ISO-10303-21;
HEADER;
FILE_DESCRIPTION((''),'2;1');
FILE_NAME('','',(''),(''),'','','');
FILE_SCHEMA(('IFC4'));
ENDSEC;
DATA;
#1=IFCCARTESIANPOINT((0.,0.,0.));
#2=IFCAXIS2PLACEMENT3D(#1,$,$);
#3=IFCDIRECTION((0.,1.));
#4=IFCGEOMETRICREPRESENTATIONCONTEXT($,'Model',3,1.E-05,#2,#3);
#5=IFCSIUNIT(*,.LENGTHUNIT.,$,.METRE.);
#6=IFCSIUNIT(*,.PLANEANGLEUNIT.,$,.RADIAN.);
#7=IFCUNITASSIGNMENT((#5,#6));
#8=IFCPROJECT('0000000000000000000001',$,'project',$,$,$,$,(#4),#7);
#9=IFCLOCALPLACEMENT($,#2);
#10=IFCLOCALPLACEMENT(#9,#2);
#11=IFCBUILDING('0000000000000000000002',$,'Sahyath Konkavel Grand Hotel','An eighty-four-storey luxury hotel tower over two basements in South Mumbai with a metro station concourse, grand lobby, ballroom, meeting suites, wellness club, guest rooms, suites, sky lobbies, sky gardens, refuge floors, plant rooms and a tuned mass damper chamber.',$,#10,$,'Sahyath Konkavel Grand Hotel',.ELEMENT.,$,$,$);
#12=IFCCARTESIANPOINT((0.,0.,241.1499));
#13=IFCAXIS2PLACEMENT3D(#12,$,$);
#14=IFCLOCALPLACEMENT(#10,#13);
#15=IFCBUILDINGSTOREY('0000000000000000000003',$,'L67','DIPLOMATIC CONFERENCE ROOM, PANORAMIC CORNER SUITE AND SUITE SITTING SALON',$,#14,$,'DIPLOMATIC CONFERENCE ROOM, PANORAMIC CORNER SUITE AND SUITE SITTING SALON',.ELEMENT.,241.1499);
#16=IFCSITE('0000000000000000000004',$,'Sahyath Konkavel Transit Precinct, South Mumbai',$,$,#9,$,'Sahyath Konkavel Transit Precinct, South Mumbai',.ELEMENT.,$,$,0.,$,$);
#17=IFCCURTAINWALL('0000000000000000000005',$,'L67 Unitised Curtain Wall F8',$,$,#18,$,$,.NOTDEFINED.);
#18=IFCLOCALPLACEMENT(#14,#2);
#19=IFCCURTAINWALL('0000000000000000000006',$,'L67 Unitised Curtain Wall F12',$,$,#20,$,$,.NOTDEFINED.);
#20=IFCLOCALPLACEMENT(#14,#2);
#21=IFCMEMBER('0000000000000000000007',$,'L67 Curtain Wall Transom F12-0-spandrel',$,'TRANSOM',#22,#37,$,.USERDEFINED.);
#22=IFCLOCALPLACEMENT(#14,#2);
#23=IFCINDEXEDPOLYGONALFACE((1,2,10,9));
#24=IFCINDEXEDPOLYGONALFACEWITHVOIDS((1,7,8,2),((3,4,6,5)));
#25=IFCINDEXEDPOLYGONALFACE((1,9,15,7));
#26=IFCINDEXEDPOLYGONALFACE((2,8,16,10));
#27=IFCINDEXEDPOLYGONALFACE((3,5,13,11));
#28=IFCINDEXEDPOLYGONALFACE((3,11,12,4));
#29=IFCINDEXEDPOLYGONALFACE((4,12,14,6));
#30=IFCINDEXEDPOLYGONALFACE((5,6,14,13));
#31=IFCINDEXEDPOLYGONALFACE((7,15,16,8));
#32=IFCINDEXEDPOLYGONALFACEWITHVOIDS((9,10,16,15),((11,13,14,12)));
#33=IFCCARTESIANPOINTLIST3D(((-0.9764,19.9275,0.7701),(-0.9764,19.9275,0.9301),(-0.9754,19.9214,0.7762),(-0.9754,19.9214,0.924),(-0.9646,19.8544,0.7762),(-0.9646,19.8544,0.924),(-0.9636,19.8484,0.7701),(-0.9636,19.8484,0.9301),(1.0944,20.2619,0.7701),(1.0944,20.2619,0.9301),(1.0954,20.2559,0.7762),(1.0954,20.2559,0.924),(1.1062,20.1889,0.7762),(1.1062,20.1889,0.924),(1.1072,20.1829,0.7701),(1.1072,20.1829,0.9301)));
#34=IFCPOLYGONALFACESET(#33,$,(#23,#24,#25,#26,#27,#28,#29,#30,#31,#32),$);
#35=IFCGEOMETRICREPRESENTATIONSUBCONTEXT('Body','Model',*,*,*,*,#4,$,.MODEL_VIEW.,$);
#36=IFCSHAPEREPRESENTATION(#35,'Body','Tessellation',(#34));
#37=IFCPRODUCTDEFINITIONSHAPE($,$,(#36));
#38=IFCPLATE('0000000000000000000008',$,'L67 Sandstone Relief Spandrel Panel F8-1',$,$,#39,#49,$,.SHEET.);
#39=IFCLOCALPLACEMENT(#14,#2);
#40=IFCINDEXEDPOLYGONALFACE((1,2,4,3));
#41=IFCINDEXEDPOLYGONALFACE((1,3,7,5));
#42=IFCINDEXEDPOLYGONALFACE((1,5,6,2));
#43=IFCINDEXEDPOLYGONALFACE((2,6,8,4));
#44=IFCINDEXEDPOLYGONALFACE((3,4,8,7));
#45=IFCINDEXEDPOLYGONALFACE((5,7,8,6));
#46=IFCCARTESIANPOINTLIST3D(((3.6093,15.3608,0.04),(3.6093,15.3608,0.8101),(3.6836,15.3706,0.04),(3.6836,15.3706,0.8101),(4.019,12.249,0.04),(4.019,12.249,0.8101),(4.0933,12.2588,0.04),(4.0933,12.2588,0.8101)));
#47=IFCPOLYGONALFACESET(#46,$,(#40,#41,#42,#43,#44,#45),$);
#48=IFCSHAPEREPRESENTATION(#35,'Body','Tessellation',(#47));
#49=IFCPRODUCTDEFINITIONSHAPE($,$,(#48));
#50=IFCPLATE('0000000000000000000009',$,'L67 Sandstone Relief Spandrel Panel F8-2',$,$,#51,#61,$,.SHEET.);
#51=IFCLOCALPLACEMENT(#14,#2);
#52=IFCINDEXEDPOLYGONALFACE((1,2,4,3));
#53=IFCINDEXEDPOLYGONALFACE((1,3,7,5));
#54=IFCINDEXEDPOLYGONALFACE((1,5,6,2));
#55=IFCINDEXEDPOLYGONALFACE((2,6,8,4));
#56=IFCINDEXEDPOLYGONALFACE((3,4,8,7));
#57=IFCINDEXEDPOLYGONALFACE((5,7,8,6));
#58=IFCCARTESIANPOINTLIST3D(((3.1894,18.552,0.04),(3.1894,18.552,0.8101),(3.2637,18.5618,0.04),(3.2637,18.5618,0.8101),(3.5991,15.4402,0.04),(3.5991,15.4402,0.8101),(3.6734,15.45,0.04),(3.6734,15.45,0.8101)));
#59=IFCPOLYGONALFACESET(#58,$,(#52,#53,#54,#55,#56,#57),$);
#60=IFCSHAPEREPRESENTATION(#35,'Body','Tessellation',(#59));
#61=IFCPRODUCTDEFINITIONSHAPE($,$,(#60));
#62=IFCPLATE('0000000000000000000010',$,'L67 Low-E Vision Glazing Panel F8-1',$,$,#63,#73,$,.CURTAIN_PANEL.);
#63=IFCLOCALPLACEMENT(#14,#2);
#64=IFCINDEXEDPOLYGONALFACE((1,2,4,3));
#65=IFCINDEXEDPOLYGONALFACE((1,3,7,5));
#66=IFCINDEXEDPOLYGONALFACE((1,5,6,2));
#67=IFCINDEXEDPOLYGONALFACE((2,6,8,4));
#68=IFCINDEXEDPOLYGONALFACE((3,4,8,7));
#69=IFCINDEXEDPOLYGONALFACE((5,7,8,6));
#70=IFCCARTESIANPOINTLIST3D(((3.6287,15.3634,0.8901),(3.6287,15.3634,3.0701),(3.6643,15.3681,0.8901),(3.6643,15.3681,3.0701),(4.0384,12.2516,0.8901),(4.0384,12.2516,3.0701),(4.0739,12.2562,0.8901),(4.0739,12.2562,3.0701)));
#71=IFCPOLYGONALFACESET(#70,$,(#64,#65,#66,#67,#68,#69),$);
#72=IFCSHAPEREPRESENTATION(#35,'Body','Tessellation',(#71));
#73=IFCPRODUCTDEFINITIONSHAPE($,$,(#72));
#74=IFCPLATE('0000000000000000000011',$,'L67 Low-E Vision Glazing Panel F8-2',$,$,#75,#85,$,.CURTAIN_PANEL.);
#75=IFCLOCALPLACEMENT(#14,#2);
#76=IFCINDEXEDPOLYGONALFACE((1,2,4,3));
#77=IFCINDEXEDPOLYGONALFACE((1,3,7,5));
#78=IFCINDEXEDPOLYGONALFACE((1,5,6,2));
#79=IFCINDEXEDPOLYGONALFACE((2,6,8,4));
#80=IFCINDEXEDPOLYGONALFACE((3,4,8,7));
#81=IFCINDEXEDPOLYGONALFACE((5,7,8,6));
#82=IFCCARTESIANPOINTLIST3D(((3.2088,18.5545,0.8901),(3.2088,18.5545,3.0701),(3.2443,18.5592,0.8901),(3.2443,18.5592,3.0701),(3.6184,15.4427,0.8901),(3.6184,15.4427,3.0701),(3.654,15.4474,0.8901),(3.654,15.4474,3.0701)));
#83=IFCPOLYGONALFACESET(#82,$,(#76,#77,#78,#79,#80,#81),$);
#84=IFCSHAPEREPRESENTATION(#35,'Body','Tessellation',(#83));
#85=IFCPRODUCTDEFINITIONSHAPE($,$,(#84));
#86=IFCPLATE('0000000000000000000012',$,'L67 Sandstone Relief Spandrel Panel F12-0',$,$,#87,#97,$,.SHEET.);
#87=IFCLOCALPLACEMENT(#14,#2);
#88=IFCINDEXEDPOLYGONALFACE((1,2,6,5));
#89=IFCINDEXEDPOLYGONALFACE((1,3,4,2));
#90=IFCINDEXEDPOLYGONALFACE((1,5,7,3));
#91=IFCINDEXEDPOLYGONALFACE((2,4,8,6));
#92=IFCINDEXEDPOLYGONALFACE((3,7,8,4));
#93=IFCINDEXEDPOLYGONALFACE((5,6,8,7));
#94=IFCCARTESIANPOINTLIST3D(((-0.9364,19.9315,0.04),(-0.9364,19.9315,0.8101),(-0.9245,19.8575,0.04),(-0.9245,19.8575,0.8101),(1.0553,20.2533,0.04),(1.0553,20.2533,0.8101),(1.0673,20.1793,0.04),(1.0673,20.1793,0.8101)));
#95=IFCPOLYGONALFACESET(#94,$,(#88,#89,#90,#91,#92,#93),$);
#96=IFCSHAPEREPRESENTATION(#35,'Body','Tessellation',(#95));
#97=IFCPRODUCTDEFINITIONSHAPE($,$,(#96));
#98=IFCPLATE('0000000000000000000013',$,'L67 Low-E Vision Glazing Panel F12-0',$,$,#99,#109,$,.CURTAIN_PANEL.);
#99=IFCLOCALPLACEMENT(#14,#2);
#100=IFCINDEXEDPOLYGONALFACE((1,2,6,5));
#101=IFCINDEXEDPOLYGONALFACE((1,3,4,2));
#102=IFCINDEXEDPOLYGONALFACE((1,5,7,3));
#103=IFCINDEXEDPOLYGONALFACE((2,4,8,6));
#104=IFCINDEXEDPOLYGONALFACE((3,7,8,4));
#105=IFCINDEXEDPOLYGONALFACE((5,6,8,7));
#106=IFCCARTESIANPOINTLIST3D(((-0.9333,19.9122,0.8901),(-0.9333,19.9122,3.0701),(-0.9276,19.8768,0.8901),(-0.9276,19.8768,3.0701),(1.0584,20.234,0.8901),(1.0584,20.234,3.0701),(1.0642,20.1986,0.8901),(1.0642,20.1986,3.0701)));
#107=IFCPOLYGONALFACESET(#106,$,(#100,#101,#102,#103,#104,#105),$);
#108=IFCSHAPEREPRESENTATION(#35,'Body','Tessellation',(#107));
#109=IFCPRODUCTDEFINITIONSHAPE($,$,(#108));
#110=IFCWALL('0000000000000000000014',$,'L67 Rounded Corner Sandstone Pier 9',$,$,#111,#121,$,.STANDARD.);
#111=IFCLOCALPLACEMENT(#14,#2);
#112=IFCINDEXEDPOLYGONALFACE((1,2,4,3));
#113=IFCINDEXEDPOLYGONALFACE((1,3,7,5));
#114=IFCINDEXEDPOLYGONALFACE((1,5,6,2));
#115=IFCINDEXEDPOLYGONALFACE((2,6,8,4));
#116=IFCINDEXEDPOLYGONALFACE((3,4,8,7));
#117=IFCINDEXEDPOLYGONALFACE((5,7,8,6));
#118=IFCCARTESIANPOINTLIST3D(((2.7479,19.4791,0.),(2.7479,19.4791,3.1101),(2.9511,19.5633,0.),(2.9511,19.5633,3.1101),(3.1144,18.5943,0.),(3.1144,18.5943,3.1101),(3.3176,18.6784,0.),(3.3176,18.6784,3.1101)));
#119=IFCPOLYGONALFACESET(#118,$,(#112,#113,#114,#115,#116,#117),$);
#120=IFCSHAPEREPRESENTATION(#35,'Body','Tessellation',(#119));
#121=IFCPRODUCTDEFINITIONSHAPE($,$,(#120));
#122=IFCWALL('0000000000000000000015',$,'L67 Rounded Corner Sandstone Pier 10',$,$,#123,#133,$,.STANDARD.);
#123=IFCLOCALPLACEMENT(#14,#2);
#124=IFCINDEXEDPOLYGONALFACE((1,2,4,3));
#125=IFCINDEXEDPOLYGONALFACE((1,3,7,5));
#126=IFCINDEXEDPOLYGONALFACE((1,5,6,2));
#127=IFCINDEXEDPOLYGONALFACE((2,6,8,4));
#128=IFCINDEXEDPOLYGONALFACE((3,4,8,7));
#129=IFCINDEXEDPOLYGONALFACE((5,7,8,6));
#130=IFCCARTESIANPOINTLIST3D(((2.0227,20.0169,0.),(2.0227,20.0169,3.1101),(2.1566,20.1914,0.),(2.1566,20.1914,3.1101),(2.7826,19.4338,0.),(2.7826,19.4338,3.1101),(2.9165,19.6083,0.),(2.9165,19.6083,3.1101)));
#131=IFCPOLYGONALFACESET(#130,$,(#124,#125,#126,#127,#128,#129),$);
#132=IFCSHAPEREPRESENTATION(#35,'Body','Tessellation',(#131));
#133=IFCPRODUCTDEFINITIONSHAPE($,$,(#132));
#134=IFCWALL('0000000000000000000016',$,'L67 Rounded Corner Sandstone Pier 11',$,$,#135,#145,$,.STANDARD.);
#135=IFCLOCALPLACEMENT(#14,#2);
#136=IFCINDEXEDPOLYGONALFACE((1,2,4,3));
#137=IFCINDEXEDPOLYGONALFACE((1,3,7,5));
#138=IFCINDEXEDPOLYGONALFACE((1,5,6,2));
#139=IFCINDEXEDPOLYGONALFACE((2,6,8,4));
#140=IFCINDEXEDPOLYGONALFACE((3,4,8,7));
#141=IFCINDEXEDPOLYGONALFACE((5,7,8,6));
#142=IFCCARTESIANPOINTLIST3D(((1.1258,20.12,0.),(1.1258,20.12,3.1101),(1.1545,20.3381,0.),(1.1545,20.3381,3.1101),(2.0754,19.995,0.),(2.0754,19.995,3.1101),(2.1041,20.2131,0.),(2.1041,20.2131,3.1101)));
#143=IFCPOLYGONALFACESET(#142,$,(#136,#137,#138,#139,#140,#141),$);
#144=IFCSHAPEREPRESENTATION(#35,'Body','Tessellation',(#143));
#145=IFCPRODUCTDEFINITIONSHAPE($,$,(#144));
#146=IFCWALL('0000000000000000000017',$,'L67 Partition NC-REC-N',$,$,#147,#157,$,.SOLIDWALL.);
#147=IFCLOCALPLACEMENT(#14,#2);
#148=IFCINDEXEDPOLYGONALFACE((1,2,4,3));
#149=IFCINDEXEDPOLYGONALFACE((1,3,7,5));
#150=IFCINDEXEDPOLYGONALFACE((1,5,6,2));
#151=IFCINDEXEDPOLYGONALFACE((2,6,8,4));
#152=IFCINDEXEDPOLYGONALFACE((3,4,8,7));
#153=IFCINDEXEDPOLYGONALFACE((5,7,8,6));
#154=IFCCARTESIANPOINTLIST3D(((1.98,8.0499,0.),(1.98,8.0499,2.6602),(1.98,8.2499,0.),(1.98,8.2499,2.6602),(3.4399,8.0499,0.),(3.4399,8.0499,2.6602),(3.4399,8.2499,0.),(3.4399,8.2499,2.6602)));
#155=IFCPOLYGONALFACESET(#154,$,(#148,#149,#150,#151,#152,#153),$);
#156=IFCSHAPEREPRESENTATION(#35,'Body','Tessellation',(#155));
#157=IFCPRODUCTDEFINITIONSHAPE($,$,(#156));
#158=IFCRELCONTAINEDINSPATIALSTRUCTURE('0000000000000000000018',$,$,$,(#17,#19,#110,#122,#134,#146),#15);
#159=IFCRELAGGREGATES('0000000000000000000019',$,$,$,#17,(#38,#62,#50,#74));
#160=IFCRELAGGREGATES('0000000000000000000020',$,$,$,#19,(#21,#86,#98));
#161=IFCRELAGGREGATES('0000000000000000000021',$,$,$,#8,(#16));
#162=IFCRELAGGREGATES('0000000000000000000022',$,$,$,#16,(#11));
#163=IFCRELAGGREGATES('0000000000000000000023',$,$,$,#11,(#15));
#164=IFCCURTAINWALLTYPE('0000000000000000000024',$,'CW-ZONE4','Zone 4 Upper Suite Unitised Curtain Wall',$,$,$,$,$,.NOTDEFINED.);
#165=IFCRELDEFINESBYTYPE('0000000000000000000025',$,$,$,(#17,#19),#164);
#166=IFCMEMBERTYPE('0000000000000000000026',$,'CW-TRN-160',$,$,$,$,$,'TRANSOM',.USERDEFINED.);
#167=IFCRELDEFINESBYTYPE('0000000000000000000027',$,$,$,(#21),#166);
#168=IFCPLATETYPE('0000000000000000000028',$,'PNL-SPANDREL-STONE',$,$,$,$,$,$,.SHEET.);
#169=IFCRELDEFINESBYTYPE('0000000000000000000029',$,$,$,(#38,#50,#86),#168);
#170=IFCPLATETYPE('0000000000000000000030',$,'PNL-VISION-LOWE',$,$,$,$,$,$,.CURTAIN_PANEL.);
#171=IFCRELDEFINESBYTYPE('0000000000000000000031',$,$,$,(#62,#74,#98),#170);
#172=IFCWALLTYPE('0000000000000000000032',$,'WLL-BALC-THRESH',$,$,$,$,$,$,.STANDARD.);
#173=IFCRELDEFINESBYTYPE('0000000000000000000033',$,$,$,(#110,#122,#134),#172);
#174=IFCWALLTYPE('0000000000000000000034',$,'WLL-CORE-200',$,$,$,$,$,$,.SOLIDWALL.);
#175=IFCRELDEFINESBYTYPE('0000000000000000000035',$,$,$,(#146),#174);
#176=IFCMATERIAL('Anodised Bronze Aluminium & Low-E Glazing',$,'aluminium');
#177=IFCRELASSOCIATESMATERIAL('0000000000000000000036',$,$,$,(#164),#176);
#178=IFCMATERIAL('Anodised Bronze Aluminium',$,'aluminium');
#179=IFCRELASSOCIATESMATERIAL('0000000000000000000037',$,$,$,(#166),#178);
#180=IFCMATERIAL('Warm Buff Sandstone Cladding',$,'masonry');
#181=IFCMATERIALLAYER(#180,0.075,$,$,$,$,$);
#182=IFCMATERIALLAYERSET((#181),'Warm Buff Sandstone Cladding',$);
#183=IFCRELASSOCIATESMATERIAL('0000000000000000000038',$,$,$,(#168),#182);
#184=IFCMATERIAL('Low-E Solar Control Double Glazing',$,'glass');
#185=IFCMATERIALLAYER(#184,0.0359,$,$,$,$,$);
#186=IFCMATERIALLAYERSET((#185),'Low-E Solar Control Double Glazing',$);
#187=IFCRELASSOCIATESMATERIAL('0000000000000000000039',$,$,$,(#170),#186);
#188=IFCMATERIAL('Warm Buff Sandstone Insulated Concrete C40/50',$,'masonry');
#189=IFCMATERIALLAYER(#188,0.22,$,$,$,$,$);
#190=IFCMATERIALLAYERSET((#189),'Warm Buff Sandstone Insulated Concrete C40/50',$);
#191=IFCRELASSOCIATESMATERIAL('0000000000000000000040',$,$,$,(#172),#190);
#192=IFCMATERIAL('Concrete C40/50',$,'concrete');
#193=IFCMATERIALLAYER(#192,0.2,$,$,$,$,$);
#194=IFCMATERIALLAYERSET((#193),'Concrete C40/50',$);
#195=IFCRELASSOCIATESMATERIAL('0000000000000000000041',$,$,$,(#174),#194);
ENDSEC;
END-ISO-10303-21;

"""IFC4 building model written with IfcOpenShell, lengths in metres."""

from ifc_helpers import new_model, si_unit, direction, frame, frame_2d, origin, origin_2d, place, context, subcontext, project, spatial, rectangle, hollow_rectangle, extrude, source, transform, mapped, material, layer, layer_set, material_profile, profile_set, type_object, element, aggregate, save


model = new_model("IFC4")

# Units and contexts
model_context = context("Model", 3, precision=1e-05, world=origin(), true_north=direction((0.0, 1.0)))
body_context = subcontext(model_context, "Body", "Model", "MODEL_VIEW")
ifc_project = project(units=[si_unit("LENGTHUNIT", "METRE"), si_unit("PLANEANGLEUNIT", "RADIAN")], contexts=[model_context])

# Site, building, storey
site_placement = place(None, origin())
site = spatial("IfcSite", under=ifc_project, at=site_placement, Name="Sahyath Konkavel Transit Precinct, South Mumbai", LongName="Sahyath Konkavel Transit Precinct, South Mumbai", CompositionType="ELEMENT", RefElevation=0.0)
building_placement = place(site_placement, origin())
building = spatial("IfcBuilding", under=site, at=building_placement, Name="Sahyath Konkavel Grand Hotel", Description="An eighty-four-storey luxury hotel tower over two basements in South Mumbai with a metro station concourse, grand lobby, ballroom, meeting suites, wellness club, guest rooms, suites, sky lobbies, sky gardens, refuge floors, plant rooms and a tuned mass damper chamber.", LongName="Sahyath Konkavel Grand Hotel", CompositionType="ELEMENT")
storey_placement = place(building_placement, frame((0.0, 0.0, 241.1499)))
storey = spatial("IfcBuildingStorey", under=building, at=storey_placement, Name="L67", Description="DIPLOMATIC CONFERENCE ROOM, PANORAMIC CORNER SUITE AND SUITE SITTING SALON", LongName="DIPLOMATIC CONFERENCE ROOM, PANORAMIC CORNER SUITE AND SUITE SITTING SALON", CompositionType="ELEMENT", Elevation=241.1499)

# Shared definitions
ifc_material_1 = material(Name="Concrete C40/50", Category="concrete")

# Curtain wall
ifc_material_2 = material(Name="Anodised Bronze Aluminium & Low-E Glazing", Category="aluminium")
curtain_wall_type = type_object("IfcCurtainWallType", Name="CW-ZONE4", Description="Zone 4 Upper Suite Unitised Curtain Wall", PredefinedType="NOTDEFINED", material=ifc_material_2)
curtain_wall_1_placement = place(storey_placement, origin())
curtain_wall_1 = element("IfcCurtainWall", 1, at=curtain_wall_1_placement, inside=storey, type_object=curtain_wall_type, Name="L67 Unitised Curtain Wall F8", PredefinedType="NOTDEFINED")
ifc_material_3 = material(Name="Anodised Bronze Aluminium", Category="aluminium")

# Curtain wall
curtain_wall_2_placement = place(storey_placement, origin())
curtain_wall_2 = element("IfcCurtainWall", 2, at=curtain_wall_2_placement, inside=storey, type_object=curtain_wall_type, Name="L67 Unitised Curtain Wall F12", PredefinedType="NOTDEFINED")

# Member
ifc_material_profile_1 = material_profile(ifc_material_3, hollow_rectangle(XDim=0.0801, YDim=0.1599, WallThickness=0.0061, at=origin_2d()), Name="RHS 160x80x6")
ifc_profile_set_1 = profile_set([ifc_material_profile_1], Name="Anodised Bronze Aluminium")
member_type_1 = type_object("IfcMemberType", Name="CW-TRN-160", ElementType="TRANSOM", PredefinedType="USERDEFINED", material=ifc_profile_set_1)
shared_shape_1 = source(origin(), body_context, "Body", "SweptSolid", [
    extrude(hollow_rectangle(XDim=0.0801, YDim=0.1599, WallThickness=0.0061, at=origin_2d()), origin(), (0.0, 0.0, 1.0), 2.0977),
])
member_1_placement = place(storey_placement, frame((1.1008, 20.2224, 0.8501), z_axis=(-0.987206, -0.159452, 0.0), x_axis=(0.159452, -0.987206, 0.0)))
member_1 = element("IfcMember", 3, at=member_1_placement, type_object=member_type_1, Name="L67 Curtain Wall Transom F12-0-spandrel", ObjectType="TRANSOM", PredefinedType="USERDEFINED", context=body_context, shape_type="MappedRepresentation", body=[
    mapped(shared_shape_1, transform((0.0, 0.0, 0.0), scale=1.0)),
])

# Plates
ifc_material_4 = material(Name="Warm Buff Sandstone Cladding", Category="masonry")
ifc_layer_1 = layer(ifc_material_4, 0.075)
ifc_layer_set_1 = layer_set([ifc_layer_1], Name="Warm Buff Sandstone Cladding")
plate_type_1 = type_object("IfcPlateType", Name="PNL-SPANDREL-STONE", PredefinedType="SHEET", material=ifc_layer_set_1)
shared_shape_2 = source(origin(), body_context, "Body", "SweptSolid", [
    extrude(rectangle(XDim=3.1387, YDim=0.075, at=origin_2d()), origin(), (0.0, 0.0, 1.0), 0.77),
])
plate_1_placement = place(storey_placement, frame((3.8513, 13.8098, 0.04), z_axis=(0.0, 0.0, 1.0), x_axis=(-0.130526, 0.991445, 0.0)))
plate_1 = element("IfcPlate", 4, at=plate_1_placement, type_object=plate_type_1, Name="L67 Sandstone Relief Spandrel Panel F8-1", PredefinedType="SHEET", context=body_context, shape_type="MappedRepresentation", body=[
    mapped(shared_shape_2, transform((0.0, 0.0, 0.0), scale=1.0)),
])
plate_2_placement = place(storey_placement, frame((3.4314, 17.001, 0.04), z_axis=(0.0, 0.0, 1.0), x_axis=(-0.130526, 0.991445, 0.0)))
plate_2 = element("IfcPlate", 5, at=plate_2_placement, type_object=plate_type_1, Name="L67 Sandstone Relief Spandrel Panel F8-2", PredefinedType="SHEET", context=body_context, shape_type="MappedRepresentation", body=[
    mapped(shared_shape_2, transform((0.0, 0.0, 0.0), scale=1.0)),
])
ifc_material_5 = material(Name="Low-E Solar Control Double Glazing", Category="glass")
ifc_layer_2 = layer(ifc_material_5, 0.0359)
ifc_layer_set_2 = layer_set([ifc_layer_2], Name="Low-E Solar Control Double Glazing")
plate_type_2 = type_object("IfcPlateType", Name="PNL-VISION-LOWE", PredefinedType="CURTAIN_PANEL", material=ifc_layer_set_2)
shared_shape_3 = source(origin(), body_context, "Body", "SweptSolid", [
    extrude(rectangle(XDim=3.1387, YDim=0.0359, at=origin_2d()), origin(), (0.0, 0.0, 1.0), 2.1799),
])
plate_3_placement = place(storey_placement, frame((3.8513, 13.8098, 0.8901), z_axis=(0.0, 0.0, 1.0), x_axis=(-0.130526, 0.991445, 0.0)))
plate_3 = element("IfcPlate", 6, at=plate_3_placement, type_object=plate_type_2, Name="L67 Low-E Vision Glazing Panel F8-1", PredefinedType="CURTAIN_PANEL", context=body_context, shape_type="MappedRepresentation", body=[
    mapped(shared_shape_3, transform((0.0, 0.0, 0.0), scale=1.0)),
])
plate_4_placement = place(storey_placement, frame((3.4314, 17.001, 0.8901), z_axis=(0.0, 0.0, 1.0), x_axis=(-0.130526, 0.991445, 0.0)))
plate_4 = element("IfcPlate", 7, at=plate_4_placement, type_object=plate_type_2, Name="L67 Low-E Vision Glazing Panel F8-2", PredefinedType="CURTAIN_PANEL", context=body_context, shape_type="MappedRepresentation", body=[
    mapped(shared_shape_3, transform((0.0, 0.0, 0.0), scale=1.0)),
])
aggregate(curtain_wall_1, [plate_1, plate_3, plate_2, plate_4])
shared_shape_4 = source(origin(), body_context, "Body", "SweptSolid", [
    extrude(rectangle(XDim=2.0176, YDim=0.075, at=origin_2d()), origin(), (0.0, 0.0, 1.0), 0.77),
])
plate_5_placement = place(storey_placement, frame((0.0654, 20.0554, 0.04), z_axis=(0.0, 0.0, 1.0), x_axis=(-0.9872, -0.159485, 0.0)))
plate_5 = element("IfcPlate", 8, at=plate_5_placement, type_object=plate_type_1, Name="L67 Sandstone Relief Spandrel Panel F12-0", PredefinedType="SHEET", context=body_context, shape_type="MappedRepresentation", body=[
    mapped(shared_shape_4, transform((0.0, 0.0, 0.0), scale=1.0)),
])
shared_shape_5 = source(origin(), body_context, "Body", "SweptSolid", [
    extrude(rectangle(XDim=2.0176, YDim=0.0359, at=origin_2d()), origin(), (0.0, 0.0, 1.0), 2.1799),
])
plate_6_placement = place(storey_placement, frame((0.0654, 20.0554, 0.8901), z_axis=(0.0, 0.0, 1.0), x_axis=(-0.9872, -0.159485, 0.0)))
plate_6 = element("IfcPlate", 9, at=plate_6_placement, type_object=plate_type_2, Name="L67 Low-E Vision Glazing Panel F12-0", PredefinedType="CURTAIN_PANEL", context=body_context, shape_type="MappedRepresentation", body=[
    mapped(shared_shape_5, transform((0.0, 0.0, 0.0), scale=1.0)),
])
aggregate(curtain_wall_2, [member_1, plate_5, plate_6])

# Walls
ifc_material_6 = material(Name="Warm Buff Sandstone Insulated Concrete C40/50", Category="masonry")
ifc_layer_3 = layer(ifc_material_6, 0.22)
ifc_layer_set_3 = layer_set([ifc_layer_3], Name="Warm Buff Sandstone Insulated Concrete C40/50")
wall_type_1 = type_object("IfcWallType", Name="WLL-BALC-THRESH", PredefinedType="STANDARD", material=ifc_layer_set_3)
for number, where, z_axis, x_axis, name in (
    (10, (3.2161, 18.6362, 0.0), (0.0, 0.0, 1.0), (-0.38266, 0.923889, 0.0), "L67 Rounded Corner Sandstone Pier 9"),
    (11, (2.8496, 19.521, 0.0), (0.0, 0.0, 1.0), (-0.793344, 0.608774, 0.0), "L67 Rounded Corner Sandstone Pier 10"),
    (12, (2.0898, 20.104, 0.0), (0.0, 0.0, 1.0), (-0.991445, 0.130527, 0.0), "L67 Rounded Corner Sandstone Pier 11"),
):
    element("IfcWall", number, at=place(storey_placement, frame(where, z_axis=z_axis, x_axis=x_axis)), inside=storey, type_object=wall_type_1, Name=name, PredefinedType="STANDARD", context=body_context, shape_type="SweptSolid", body=[
        extrude(rectangle(XDim=0.9578, YDim=0.22, at=frame_2d((0.479, 0.0))), origin(), (0.0, 0.0, 1.0), 3.1101),
    ])
ifc_layer_4 = layer(ifc_material_1, 0.2)
ifc_layer_set_4 = layer_set([ifc_layer_4], Name="Concrete C40/50")
wall_type_2 = type_object("IfcWallType", Name="WLL-CORE-200", PredefinedType="SOLIDWALL", material=ifc_layer_set_4)
wall_1_placement = place(storey_placement, frame((1.98, 8.1499, 0.0), z_axis=(0.0, 0.0, 1.0), x_axis=(1.0, 0.0, 0.0)))
element("IfcWall", 13, at=wall_1_placement, inside=storey, type_object=wall_type_2, Name="L67 Partition NC-REC-N", PredefinedType="SOLIDWALL", context=body_context, shape_type="SweptSolid", body=[
    extrude(rectangle(XDim=1.46, YDim=0.2, at=frame_2d((0.73, 0.0))), origin(), (0.0, 0.0, 1.0), 2.6602),
])

save(model, "model.ifc")
